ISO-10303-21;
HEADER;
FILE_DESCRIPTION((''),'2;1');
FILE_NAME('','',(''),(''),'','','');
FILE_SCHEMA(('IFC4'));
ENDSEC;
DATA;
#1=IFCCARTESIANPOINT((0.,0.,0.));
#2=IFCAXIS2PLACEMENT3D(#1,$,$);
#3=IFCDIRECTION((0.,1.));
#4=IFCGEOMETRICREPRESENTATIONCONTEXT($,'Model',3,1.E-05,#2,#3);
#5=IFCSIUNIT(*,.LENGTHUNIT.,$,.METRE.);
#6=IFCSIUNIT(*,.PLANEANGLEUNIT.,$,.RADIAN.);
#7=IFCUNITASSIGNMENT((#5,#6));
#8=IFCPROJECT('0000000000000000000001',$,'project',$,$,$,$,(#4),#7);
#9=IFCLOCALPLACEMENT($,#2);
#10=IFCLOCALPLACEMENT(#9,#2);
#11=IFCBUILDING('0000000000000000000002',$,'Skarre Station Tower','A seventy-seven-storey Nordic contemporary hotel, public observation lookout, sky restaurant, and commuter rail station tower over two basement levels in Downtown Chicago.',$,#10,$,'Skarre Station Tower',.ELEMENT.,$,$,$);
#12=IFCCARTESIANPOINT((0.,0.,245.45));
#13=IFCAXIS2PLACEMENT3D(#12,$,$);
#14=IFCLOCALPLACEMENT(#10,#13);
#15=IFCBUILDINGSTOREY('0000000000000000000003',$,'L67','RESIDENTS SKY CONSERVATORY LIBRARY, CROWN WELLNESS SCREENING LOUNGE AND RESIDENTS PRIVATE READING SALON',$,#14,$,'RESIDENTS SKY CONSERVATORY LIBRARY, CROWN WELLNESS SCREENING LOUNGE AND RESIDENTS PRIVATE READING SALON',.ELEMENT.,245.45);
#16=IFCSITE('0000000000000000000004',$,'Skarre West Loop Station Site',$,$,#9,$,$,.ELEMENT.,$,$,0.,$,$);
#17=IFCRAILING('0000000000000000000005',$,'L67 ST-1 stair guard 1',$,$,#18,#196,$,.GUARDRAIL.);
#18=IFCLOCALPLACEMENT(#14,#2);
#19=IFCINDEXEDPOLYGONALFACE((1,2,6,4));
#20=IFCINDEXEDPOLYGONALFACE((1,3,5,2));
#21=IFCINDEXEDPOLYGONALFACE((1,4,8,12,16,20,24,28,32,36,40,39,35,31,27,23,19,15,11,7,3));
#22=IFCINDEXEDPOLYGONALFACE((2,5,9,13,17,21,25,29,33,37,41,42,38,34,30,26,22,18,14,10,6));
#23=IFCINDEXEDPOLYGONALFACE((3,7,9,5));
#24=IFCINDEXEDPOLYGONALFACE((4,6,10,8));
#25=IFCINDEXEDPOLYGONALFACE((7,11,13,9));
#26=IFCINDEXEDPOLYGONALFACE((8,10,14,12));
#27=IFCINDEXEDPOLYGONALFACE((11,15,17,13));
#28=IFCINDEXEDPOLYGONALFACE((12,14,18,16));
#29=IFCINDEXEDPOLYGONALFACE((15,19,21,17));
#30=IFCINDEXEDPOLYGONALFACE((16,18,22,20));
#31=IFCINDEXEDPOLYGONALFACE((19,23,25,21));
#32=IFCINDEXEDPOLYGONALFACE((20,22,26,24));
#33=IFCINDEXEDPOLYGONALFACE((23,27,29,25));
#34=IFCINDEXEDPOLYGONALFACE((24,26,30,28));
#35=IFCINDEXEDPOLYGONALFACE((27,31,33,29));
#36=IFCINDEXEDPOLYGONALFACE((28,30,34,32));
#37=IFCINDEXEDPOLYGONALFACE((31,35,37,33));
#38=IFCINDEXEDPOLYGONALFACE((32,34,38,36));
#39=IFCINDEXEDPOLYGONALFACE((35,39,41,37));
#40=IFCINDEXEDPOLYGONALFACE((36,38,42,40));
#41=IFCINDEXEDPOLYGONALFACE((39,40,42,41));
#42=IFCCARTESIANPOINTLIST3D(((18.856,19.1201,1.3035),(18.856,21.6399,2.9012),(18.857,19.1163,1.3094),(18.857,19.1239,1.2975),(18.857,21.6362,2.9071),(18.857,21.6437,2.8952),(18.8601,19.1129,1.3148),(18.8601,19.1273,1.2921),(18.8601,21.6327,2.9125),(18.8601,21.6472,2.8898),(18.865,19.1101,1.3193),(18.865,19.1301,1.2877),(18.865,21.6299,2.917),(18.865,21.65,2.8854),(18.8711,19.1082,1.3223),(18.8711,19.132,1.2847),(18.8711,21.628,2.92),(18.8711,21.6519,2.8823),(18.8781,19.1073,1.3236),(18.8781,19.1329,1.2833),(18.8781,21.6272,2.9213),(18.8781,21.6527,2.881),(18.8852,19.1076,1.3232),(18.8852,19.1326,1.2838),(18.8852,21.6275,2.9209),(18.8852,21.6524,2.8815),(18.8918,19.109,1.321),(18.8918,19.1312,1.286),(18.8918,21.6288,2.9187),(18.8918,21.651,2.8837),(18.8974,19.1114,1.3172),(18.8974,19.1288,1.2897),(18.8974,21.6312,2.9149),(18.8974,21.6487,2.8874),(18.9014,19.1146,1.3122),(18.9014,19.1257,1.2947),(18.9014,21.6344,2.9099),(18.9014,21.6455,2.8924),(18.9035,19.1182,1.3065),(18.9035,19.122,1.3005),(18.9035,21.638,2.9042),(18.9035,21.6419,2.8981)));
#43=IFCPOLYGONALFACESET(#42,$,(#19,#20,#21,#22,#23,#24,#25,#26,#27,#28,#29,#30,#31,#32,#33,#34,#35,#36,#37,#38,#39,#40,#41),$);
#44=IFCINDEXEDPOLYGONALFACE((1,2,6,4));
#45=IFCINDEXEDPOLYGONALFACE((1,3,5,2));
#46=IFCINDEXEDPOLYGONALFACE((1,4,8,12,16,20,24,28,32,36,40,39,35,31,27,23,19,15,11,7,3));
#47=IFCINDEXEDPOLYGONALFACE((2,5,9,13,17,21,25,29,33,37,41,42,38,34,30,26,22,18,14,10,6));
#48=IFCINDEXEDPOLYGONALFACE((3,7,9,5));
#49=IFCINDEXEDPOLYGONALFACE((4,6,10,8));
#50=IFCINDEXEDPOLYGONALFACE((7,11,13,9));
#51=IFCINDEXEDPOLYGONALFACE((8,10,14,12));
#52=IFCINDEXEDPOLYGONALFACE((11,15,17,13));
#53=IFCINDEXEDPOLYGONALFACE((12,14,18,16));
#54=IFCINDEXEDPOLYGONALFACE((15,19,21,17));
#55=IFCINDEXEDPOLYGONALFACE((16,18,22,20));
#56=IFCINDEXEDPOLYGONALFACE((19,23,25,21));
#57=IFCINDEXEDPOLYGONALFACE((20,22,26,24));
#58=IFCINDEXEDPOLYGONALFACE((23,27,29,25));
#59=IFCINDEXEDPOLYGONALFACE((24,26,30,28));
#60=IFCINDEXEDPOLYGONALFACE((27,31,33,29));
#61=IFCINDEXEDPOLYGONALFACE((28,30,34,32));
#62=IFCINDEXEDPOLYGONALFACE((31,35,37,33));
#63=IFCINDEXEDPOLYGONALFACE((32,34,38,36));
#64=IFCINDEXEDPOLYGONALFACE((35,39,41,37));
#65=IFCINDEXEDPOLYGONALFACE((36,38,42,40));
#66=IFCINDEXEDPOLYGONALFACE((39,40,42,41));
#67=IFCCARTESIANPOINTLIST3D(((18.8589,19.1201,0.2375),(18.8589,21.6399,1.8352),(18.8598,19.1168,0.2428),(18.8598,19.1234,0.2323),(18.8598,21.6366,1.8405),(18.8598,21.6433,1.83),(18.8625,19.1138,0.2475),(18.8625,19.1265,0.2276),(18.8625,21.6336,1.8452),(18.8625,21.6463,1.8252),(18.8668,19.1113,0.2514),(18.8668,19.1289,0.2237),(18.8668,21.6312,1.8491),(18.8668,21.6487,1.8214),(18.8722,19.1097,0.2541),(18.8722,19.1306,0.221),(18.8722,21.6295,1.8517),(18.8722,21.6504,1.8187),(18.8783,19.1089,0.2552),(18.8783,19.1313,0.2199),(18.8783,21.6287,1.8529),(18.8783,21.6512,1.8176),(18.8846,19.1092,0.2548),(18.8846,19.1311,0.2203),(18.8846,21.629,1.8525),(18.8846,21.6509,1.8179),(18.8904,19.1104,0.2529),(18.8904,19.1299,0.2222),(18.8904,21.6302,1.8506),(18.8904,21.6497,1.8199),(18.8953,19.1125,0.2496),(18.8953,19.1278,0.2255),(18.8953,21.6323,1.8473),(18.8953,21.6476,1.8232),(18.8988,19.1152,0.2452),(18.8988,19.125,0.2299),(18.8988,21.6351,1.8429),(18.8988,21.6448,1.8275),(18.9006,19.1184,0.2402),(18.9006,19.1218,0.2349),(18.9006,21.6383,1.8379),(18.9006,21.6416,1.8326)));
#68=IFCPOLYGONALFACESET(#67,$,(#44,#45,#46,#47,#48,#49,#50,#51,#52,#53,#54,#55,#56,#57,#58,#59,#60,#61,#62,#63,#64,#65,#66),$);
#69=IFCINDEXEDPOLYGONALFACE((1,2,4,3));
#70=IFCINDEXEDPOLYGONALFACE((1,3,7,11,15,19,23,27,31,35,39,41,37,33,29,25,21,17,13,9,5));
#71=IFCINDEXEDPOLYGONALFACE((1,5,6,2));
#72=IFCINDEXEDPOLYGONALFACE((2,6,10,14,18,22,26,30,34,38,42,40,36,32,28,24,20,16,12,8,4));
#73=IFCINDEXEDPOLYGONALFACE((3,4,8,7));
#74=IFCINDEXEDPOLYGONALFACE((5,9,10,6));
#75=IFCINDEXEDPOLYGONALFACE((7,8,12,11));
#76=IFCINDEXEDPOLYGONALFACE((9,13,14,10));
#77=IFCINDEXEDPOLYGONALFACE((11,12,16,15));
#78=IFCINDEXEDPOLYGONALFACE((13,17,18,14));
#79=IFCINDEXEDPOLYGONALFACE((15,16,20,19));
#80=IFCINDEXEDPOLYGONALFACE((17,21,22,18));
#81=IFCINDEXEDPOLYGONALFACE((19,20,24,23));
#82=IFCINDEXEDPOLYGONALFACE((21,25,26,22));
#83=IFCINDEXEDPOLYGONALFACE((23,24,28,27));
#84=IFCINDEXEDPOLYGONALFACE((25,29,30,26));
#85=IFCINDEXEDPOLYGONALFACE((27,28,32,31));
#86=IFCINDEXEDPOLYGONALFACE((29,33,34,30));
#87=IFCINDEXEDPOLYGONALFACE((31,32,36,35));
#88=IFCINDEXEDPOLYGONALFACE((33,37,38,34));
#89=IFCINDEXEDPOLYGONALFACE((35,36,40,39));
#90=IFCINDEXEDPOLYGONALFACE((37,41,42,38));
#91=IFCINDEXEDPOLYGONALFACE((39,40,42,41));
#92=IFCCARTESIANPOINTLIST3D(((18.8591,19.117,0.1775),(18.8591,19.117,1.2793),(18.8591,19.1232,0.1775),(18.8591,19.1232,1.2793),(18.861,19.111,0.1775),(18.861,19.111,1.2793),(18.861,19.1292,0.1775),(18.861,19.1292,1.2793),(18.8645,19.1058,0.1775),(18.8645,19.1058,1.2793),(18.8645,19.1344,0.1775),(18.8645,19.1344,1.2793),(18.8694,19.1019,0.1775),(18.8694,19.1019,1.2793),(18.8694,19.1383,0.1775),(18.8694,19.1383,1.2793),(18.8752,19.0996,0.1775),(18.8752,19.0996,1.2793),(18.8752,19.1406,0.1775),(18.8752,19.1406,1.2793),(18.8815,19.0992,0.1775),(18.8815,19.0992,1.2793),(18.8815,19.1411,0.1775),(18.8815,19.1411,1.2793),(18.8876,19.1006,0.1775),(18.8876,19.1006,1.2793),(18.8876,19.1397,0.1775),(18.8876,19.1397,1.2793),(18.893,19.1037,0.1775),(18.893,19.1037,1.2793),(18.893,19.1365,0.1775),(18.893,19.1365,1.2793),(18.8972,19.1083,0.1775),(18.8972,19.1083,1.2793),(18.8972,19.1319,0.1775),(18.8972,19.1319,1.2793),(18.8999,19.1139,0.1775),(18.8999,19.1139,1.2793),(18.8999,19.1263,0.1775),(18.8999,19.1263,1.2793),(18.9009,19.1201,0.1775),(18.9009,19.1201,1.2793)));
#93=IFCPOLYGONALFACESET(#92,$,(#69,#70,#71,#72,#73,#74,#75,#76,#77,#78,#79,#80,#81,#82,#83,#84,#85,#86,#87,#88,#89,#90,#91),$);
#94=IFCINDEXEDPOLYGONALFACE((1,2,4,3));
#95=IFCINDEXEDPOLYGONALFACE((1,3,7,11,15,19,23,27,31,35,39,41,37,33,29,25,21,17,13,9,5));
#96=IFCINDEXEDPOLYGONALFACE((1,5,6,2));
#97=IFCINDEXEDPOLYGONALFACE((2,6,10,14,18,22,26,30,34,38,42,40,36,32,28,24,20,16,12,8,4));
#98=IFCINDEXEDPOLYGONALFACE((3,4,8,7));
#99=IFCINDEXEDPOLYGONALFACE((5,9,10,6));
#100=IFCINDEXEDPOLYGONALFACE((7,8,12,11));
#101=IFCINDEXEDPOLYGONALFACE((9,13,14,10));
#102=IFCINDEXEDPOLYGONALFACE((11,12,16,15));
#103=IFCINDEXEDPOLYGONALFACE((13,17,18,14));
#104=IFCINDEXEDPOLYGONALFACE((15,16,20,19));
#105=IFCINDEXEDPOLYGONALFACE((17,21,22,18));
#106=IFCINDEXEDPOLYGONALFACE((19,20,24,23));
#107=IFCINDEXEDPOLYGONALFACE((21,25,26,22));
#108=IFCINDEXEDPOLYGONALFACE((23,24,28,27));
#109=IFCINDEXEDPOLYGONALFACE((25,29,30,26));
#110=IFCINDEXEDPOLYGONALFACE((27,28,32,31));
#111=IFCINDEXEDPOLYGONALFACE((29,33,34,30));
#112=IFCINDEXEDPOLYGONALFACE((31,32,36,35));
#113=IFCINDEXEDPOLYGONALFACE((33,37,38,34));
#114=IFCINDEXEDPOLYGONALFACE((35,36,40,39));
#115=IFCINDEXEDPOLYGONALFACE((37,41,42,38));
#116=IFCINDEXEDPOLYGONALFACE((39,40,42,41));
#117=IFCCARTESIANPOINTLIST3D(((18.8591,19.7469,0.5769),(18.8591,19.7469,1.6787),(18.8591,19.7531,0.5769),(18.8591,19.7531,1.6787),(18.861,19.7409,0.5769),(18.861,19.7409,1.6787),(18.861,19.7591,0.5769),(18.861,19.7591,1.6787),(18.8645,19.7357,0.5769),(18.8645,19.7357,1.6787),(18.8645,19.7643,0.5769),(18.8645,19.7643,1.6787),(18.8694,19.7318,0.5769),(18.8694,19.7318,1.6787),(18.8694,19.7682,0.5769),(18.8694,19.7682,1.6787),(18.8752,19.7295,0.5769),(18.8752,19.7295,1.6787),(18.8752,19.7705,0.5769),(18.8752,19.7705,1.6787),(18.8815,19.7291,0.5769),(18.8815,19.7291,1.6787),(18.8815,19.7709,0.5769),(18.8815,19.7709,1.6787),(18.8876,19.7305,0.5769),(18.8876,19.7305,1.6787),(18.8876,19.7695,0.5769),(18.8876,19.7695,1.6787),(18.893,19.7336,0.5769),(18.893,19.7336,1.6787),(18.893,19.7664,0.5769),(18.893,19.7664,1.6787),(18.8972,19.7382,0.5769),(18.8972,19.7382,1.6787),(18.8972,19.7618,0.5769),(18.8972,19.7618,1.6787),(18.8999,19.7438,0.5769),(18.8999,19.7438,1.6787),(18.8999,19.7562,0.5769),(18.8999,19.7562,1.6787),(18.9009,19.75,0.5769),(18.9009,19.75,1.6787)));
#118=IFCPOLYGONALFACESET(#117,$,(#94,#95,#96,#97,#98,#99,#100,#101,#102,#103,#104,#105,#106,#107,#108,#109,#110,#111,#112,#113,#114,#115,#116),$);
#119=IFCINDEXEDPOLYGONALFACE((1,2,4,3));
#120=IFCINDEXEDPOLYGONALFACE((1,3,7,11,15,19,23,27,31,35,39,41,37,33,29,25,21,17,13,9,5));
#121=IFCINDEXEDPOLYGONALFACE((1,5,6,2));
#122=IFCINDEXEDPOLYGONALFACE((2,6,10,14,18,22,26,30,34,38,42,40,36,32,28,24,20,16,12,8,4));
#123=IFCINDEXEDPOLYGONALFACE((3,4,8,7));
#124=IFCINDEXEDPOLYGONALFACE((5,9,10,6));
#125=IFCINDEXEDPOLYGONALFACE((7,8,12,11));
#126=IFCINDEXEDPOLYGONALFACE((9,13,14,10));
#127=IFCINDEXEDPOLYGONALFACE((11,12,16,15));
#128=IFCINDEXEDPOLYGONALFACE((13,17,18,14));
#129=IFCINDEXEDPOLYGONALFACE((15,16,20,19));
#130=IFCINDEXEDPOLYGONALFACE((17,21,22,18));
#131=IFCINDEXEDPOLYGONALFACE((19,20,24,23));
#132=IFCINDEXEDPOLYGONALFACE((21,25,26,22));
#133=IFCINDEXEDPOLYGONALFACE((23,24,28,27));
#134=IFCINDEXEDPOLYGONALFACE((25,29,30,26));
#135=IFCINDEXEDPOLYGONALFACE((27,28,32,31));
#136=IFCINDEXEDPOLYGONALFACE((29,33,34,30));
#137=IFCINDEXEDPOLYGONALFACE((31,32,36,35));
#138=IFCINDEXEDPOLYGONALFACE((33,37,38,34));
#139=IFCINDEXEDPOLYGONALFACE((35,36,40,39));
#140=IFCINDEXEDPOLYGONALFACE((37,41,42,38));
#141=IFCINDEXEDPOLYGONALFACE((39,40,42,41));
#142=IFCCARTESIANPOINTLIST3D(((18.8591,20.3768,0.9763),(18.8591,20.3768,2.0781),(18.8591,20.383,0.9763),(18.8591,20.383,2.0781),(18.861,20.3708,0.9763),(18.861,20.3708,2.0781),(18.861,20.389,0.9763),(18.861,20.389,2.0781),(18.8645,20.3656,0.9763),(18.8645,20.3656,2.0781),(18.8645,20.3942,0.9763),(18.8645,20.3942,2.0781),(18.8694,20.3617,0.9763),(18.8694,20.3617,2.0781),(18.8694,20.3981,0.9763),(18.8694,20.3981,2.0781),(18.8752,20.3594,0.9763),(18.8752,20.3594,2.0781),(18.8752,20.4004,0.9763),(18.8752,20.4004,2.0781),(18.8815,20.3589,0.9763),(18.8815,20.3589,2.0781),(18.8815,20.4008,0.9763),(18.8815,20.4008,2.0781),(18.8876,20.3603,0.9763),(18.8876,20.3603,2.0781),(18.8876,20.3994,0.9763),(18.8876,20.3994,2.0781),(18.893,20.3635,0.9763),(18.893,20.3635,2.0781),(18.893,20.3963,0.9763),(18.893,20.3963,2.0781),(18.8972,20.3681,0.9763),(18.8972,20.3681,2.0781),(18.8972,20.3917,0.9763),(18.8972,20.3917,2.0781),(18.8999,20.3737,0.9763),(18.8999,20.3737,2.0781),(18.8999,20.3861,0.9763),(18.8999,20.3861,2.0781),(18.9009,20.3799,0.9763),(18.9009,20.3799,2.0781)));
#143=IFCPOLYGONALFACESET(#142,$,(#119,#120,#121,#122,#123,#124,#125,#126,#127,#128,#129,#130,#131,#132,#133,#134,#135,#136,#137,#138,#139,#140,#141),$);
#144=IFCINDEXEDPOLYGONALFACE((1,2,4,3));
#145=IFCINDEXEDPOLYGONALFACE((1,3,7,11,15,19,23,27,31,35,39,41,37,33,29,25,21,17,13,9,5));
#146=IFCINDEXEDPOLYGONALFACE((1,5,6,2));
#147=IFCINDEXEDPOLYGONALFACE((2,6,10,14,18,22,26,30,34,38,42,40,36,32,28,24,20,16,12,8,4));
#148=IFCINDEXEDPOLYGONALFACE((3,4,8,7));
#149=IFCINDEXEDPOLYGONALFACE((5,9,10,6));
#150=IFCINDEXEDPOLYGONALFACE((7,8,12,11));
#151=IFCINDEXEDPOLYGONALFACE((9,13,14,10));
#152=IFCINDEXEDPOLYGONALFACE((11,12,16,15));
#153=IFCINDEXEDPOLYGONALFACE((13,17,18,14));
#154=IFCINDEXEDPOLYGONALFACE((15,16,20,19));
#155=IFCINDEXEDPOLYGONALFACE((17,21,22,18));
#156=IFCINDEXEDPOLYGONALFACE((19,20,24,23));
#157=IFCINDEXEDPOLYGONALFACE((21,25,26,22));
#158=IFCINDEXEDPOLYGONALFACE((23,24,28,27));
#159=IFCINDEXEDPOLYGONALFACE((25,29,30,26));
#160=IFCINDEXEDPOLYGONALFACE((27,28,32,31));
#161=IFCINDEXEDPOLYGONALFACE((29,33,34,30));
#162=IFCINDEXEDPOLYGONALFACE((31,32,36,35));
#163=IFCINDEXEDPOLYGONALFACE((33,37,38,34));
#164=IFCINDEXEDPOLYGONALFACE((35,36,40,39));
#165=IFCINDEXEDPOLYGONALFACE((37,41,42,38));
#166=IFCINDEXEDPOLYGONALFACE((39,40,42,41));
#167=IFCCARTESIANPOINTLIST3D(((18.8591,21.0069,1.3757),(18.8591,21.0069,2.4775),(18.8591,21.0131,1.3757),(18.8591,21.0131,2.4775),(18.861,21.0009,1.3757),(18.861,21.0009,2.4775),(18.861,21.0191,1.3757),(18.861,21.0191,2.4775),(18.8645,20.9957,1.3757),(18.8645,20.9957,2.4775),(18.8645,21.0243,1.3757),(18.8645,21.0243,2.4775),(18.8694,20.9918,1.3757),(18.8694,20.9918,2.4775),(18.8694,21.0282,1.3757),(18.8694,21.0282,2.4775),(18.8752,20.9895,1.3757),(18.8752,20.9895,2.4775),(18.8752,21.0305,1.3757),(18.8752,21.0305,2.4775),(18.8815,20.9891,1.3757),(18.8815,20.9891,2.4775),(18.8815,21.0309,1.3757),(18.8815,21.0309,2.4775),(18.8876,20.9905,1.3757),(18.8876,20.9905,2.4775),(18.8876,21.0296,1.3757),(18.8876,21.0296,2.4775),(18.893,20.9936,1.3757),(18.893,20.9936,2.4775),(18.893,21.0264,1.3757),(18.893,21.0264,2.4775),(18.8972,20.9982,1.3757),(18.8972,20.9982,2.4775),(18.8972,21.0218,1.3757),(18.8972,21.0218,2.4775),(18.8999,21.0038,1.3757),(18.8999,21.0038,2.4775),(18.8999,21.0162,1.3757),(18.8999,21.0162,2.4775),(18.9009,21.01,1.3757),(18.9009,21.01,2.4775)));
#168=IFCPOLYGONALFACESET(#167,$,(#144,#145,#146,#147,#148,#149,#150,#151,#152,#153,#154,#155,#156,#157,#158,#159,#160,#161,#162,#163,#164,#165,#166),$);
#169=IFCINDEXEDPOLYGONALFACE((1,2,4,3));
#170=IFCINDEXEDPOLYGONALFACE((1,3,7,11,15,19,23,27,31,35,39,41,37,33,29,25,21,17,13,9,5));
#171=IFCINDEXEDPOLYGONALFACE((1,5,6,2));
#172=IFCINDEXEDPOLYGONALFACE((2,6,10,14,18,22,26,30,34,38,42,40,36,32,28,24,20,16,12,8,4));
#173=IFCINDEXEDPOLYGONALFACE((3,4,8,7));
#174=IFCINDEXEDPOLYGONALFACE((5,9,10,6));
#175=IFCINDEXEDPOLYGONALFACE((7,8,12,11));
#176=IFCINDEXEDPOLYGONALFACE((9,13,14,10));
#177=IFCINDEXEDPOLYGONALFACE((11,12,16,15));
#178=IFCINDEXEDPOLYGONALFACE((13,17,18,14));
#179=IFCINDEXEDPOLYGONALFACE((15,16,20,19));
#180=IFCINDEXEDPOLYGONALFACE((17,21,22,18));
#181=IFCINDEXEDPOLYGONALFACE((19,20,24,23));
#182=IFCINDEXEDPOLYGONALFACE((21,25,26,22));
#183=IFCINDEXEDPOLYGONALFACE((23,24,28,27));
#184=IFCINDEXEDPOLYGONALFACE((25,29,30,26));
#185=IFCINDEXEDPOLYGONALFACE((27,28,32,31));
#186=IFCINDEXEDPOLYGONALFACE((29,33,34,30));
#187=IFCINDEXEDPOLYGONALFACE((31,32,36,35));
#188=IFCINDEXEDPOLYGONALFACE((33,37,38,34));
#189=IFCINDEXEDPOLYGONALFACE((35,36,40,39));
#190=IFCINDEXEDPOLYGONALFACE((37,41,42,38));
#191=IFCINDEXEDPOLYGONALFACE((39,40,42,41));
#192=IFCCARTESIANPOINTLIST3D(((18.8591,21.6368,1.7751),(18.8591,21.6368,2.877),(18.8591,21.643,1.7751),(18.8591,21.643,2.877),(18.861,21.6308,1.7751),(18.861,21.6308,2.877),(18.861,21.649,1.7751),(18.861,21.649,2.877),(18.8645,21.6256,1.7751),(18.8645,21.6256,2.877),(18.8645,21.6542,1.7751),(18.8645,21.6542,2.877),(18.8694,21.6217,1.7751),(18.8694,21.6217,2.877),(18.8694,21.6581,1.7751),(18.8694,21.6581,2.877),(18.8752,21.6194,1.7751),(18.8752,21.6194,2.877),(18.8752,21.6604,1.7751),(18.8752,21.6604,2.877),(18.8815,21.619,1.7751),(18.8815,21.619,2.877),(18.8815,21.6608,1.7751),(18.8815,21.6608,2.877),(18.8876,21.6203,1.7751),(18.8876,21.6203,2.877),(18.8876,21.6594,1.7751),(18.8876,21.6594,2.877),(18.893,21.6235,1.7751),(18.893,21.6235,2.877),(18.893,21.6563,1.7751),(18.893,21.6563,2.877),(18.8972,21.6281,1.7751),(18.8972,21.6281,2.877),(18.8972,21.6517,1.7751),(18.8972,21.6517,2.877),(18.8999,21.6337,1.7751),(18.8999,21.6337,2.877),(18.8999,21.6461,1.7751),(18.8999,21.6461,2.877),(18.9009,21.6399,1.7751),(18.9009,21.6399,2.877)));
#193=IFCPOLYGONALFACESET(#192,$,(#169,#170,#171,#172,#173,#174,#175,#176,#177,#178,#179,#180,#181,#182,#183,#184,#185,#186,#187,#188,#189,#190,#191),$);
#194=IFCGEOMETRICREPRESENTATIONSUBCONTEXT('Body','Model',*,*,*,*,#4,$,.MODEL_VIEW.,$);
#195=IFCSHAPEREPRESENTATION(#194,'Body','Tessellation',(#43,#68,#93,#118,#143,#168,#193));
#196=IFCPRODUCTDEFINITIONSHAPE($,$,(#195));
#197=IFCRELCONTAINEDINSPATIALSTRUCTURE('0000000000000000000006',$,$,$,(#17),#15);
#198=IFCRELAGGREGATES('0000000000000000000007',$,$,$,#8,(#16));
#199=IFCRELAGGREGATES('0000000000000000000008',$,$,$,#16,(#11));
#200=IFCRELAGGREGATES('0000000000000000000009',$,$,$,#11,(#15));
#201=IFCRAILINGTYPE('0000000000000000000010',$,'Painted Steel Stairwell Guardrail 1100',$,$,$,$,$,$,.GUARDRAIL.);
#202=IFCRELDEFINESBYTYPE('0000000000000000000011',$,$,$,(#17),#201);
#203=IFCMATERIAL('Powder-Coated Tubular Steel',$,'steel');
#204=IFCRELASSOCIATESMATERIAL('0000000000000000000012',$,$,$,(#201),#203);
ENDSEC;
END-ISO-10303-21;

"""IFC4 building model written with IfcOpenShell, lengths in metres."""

from ifc_helpers import new_model, si_unit, direction, frame, origin, origin_2d, place, context, subcontext, project, spatial, circle, extrude, material, type_object, element, save


model = new_model("IFC4")

# Units and contexts
model_context = context("Model", 3, precision=1e-05, world=origin(), true_north=direction((0.0, 1.0)))
body_context = subcontext(model_context, "Body", "Model", "MODEL_VIEW")
ifc_project = project(units=[si_unit("LENGTHUNIT", "METRE"), si_unit("PLANEANGLEUNIT", "RADIAN")], contexts=[model_context])

# Site, building, storey
site_placement = place(None, origin())
site = spatial("IfcSite", under=ifc_project, at=site_placement, Name="Skarre West Loop Station Site", CompositionType="ELEMENT", RefElevation=0.0)
building_placement = place(site_placement, origin())
building = spatial("IfcBuilding", under=site, at=building_placement, Name="Skarre Station Tower", Description="A seventy-seven-storey Nordic contemporary hotel, public observation lookout, sky restaurant, and commuter rail station tower over two basement levels in Downtown Chicago.", LongName="Skarre Station Tower", CompositionType="ELEMENT")
storey_placement = place(building_placement, frame((0.0, 0.0, 245.45)))
storey = spatial("IfcBuildingStorey", under=building, at=storey_placement, Name="L67", Description="RESIDENTS SKY CONSERVATORY LIBRARY, CROWN WELLNESS SCREENING LOUNGE AND RESIDENTS PRIVATE READING SALON", LongName="RESIDENTS SKY CONSERVATORY LIBRARY, CROWN WELLNESS SCREENING LOUNGE AND RESIDENTS PRIVATE READING SALON", CompositionType="ELEMENT", Elevation=245.45)

# Railing
ifc_material_1 = material(Name="Powder-Coated Tubular Steel", Category="steel")
railing_type_1 = type_object("IfcRailingType", Name="Painted Steel Stairwell Guardrail 1100", PredefinedType="GUARDRAIL", material=ifc_material_1)
railing_1_placement = place(storey_placement, frame((18.8799, 19.1201, 0.1775)))
element("IfcRailing", 1, at=railing_1_placement, inside=storey, type_object=railing_type_1, Name="L67 ST-1 stair guard 1", PredefinedType="GUARDRAIL", context=body_context, shape_type="SweptSolid", body=[
    extrude(circle(Radius=0.0239, at=origin_2d()), frame((0.0, 0.0, 1.126), z_axis=(0.0, 0.844546, 0.535482), x_axis=(-1.0, 0.0, 0.0)), (0.0, 0.0, 1.0), 2.9836),
    extrude(circle(Radius=0.021, at=origin_2d()), frame((0.0, 0.0, 0.0601), z_axis=(0.0, 0.844546, 0.535482), x_axis=(-1.0, 0.0, 0.0)), (0.0, 0.0, 1.0), 2.9836),
    extrude(circle(Radius=0.021, at=origin_2d()), origin(), (0.0, 0.0, 1.0), 1.1018),
    extrude(circle(Radius=0.021, at=origin_2d()), frame((0.0, 0.6299, 0.3994)), (0.0, 0.0, 1.0), 1.1018),
    extrude(circle(Radius=0.021, at=origin_2d()), frame((0.0, 1.2598, 0.7988)), (0.0, 0.0, 1.0), 1.1018),
    extrude(circle(Radius=0.021, at=origin_2d()), frame((0.0, 1.8899, 1.1982)), (0.0, 0.0, 1.0), 1.1018),
    extrude(circle(Radius=0.021, at=origin_2d()), frame((0.0, 2.5198, 1.5977)), (0.0, 0.0, 1.0), 1.1018),
])

save(model, "model.ifc")
